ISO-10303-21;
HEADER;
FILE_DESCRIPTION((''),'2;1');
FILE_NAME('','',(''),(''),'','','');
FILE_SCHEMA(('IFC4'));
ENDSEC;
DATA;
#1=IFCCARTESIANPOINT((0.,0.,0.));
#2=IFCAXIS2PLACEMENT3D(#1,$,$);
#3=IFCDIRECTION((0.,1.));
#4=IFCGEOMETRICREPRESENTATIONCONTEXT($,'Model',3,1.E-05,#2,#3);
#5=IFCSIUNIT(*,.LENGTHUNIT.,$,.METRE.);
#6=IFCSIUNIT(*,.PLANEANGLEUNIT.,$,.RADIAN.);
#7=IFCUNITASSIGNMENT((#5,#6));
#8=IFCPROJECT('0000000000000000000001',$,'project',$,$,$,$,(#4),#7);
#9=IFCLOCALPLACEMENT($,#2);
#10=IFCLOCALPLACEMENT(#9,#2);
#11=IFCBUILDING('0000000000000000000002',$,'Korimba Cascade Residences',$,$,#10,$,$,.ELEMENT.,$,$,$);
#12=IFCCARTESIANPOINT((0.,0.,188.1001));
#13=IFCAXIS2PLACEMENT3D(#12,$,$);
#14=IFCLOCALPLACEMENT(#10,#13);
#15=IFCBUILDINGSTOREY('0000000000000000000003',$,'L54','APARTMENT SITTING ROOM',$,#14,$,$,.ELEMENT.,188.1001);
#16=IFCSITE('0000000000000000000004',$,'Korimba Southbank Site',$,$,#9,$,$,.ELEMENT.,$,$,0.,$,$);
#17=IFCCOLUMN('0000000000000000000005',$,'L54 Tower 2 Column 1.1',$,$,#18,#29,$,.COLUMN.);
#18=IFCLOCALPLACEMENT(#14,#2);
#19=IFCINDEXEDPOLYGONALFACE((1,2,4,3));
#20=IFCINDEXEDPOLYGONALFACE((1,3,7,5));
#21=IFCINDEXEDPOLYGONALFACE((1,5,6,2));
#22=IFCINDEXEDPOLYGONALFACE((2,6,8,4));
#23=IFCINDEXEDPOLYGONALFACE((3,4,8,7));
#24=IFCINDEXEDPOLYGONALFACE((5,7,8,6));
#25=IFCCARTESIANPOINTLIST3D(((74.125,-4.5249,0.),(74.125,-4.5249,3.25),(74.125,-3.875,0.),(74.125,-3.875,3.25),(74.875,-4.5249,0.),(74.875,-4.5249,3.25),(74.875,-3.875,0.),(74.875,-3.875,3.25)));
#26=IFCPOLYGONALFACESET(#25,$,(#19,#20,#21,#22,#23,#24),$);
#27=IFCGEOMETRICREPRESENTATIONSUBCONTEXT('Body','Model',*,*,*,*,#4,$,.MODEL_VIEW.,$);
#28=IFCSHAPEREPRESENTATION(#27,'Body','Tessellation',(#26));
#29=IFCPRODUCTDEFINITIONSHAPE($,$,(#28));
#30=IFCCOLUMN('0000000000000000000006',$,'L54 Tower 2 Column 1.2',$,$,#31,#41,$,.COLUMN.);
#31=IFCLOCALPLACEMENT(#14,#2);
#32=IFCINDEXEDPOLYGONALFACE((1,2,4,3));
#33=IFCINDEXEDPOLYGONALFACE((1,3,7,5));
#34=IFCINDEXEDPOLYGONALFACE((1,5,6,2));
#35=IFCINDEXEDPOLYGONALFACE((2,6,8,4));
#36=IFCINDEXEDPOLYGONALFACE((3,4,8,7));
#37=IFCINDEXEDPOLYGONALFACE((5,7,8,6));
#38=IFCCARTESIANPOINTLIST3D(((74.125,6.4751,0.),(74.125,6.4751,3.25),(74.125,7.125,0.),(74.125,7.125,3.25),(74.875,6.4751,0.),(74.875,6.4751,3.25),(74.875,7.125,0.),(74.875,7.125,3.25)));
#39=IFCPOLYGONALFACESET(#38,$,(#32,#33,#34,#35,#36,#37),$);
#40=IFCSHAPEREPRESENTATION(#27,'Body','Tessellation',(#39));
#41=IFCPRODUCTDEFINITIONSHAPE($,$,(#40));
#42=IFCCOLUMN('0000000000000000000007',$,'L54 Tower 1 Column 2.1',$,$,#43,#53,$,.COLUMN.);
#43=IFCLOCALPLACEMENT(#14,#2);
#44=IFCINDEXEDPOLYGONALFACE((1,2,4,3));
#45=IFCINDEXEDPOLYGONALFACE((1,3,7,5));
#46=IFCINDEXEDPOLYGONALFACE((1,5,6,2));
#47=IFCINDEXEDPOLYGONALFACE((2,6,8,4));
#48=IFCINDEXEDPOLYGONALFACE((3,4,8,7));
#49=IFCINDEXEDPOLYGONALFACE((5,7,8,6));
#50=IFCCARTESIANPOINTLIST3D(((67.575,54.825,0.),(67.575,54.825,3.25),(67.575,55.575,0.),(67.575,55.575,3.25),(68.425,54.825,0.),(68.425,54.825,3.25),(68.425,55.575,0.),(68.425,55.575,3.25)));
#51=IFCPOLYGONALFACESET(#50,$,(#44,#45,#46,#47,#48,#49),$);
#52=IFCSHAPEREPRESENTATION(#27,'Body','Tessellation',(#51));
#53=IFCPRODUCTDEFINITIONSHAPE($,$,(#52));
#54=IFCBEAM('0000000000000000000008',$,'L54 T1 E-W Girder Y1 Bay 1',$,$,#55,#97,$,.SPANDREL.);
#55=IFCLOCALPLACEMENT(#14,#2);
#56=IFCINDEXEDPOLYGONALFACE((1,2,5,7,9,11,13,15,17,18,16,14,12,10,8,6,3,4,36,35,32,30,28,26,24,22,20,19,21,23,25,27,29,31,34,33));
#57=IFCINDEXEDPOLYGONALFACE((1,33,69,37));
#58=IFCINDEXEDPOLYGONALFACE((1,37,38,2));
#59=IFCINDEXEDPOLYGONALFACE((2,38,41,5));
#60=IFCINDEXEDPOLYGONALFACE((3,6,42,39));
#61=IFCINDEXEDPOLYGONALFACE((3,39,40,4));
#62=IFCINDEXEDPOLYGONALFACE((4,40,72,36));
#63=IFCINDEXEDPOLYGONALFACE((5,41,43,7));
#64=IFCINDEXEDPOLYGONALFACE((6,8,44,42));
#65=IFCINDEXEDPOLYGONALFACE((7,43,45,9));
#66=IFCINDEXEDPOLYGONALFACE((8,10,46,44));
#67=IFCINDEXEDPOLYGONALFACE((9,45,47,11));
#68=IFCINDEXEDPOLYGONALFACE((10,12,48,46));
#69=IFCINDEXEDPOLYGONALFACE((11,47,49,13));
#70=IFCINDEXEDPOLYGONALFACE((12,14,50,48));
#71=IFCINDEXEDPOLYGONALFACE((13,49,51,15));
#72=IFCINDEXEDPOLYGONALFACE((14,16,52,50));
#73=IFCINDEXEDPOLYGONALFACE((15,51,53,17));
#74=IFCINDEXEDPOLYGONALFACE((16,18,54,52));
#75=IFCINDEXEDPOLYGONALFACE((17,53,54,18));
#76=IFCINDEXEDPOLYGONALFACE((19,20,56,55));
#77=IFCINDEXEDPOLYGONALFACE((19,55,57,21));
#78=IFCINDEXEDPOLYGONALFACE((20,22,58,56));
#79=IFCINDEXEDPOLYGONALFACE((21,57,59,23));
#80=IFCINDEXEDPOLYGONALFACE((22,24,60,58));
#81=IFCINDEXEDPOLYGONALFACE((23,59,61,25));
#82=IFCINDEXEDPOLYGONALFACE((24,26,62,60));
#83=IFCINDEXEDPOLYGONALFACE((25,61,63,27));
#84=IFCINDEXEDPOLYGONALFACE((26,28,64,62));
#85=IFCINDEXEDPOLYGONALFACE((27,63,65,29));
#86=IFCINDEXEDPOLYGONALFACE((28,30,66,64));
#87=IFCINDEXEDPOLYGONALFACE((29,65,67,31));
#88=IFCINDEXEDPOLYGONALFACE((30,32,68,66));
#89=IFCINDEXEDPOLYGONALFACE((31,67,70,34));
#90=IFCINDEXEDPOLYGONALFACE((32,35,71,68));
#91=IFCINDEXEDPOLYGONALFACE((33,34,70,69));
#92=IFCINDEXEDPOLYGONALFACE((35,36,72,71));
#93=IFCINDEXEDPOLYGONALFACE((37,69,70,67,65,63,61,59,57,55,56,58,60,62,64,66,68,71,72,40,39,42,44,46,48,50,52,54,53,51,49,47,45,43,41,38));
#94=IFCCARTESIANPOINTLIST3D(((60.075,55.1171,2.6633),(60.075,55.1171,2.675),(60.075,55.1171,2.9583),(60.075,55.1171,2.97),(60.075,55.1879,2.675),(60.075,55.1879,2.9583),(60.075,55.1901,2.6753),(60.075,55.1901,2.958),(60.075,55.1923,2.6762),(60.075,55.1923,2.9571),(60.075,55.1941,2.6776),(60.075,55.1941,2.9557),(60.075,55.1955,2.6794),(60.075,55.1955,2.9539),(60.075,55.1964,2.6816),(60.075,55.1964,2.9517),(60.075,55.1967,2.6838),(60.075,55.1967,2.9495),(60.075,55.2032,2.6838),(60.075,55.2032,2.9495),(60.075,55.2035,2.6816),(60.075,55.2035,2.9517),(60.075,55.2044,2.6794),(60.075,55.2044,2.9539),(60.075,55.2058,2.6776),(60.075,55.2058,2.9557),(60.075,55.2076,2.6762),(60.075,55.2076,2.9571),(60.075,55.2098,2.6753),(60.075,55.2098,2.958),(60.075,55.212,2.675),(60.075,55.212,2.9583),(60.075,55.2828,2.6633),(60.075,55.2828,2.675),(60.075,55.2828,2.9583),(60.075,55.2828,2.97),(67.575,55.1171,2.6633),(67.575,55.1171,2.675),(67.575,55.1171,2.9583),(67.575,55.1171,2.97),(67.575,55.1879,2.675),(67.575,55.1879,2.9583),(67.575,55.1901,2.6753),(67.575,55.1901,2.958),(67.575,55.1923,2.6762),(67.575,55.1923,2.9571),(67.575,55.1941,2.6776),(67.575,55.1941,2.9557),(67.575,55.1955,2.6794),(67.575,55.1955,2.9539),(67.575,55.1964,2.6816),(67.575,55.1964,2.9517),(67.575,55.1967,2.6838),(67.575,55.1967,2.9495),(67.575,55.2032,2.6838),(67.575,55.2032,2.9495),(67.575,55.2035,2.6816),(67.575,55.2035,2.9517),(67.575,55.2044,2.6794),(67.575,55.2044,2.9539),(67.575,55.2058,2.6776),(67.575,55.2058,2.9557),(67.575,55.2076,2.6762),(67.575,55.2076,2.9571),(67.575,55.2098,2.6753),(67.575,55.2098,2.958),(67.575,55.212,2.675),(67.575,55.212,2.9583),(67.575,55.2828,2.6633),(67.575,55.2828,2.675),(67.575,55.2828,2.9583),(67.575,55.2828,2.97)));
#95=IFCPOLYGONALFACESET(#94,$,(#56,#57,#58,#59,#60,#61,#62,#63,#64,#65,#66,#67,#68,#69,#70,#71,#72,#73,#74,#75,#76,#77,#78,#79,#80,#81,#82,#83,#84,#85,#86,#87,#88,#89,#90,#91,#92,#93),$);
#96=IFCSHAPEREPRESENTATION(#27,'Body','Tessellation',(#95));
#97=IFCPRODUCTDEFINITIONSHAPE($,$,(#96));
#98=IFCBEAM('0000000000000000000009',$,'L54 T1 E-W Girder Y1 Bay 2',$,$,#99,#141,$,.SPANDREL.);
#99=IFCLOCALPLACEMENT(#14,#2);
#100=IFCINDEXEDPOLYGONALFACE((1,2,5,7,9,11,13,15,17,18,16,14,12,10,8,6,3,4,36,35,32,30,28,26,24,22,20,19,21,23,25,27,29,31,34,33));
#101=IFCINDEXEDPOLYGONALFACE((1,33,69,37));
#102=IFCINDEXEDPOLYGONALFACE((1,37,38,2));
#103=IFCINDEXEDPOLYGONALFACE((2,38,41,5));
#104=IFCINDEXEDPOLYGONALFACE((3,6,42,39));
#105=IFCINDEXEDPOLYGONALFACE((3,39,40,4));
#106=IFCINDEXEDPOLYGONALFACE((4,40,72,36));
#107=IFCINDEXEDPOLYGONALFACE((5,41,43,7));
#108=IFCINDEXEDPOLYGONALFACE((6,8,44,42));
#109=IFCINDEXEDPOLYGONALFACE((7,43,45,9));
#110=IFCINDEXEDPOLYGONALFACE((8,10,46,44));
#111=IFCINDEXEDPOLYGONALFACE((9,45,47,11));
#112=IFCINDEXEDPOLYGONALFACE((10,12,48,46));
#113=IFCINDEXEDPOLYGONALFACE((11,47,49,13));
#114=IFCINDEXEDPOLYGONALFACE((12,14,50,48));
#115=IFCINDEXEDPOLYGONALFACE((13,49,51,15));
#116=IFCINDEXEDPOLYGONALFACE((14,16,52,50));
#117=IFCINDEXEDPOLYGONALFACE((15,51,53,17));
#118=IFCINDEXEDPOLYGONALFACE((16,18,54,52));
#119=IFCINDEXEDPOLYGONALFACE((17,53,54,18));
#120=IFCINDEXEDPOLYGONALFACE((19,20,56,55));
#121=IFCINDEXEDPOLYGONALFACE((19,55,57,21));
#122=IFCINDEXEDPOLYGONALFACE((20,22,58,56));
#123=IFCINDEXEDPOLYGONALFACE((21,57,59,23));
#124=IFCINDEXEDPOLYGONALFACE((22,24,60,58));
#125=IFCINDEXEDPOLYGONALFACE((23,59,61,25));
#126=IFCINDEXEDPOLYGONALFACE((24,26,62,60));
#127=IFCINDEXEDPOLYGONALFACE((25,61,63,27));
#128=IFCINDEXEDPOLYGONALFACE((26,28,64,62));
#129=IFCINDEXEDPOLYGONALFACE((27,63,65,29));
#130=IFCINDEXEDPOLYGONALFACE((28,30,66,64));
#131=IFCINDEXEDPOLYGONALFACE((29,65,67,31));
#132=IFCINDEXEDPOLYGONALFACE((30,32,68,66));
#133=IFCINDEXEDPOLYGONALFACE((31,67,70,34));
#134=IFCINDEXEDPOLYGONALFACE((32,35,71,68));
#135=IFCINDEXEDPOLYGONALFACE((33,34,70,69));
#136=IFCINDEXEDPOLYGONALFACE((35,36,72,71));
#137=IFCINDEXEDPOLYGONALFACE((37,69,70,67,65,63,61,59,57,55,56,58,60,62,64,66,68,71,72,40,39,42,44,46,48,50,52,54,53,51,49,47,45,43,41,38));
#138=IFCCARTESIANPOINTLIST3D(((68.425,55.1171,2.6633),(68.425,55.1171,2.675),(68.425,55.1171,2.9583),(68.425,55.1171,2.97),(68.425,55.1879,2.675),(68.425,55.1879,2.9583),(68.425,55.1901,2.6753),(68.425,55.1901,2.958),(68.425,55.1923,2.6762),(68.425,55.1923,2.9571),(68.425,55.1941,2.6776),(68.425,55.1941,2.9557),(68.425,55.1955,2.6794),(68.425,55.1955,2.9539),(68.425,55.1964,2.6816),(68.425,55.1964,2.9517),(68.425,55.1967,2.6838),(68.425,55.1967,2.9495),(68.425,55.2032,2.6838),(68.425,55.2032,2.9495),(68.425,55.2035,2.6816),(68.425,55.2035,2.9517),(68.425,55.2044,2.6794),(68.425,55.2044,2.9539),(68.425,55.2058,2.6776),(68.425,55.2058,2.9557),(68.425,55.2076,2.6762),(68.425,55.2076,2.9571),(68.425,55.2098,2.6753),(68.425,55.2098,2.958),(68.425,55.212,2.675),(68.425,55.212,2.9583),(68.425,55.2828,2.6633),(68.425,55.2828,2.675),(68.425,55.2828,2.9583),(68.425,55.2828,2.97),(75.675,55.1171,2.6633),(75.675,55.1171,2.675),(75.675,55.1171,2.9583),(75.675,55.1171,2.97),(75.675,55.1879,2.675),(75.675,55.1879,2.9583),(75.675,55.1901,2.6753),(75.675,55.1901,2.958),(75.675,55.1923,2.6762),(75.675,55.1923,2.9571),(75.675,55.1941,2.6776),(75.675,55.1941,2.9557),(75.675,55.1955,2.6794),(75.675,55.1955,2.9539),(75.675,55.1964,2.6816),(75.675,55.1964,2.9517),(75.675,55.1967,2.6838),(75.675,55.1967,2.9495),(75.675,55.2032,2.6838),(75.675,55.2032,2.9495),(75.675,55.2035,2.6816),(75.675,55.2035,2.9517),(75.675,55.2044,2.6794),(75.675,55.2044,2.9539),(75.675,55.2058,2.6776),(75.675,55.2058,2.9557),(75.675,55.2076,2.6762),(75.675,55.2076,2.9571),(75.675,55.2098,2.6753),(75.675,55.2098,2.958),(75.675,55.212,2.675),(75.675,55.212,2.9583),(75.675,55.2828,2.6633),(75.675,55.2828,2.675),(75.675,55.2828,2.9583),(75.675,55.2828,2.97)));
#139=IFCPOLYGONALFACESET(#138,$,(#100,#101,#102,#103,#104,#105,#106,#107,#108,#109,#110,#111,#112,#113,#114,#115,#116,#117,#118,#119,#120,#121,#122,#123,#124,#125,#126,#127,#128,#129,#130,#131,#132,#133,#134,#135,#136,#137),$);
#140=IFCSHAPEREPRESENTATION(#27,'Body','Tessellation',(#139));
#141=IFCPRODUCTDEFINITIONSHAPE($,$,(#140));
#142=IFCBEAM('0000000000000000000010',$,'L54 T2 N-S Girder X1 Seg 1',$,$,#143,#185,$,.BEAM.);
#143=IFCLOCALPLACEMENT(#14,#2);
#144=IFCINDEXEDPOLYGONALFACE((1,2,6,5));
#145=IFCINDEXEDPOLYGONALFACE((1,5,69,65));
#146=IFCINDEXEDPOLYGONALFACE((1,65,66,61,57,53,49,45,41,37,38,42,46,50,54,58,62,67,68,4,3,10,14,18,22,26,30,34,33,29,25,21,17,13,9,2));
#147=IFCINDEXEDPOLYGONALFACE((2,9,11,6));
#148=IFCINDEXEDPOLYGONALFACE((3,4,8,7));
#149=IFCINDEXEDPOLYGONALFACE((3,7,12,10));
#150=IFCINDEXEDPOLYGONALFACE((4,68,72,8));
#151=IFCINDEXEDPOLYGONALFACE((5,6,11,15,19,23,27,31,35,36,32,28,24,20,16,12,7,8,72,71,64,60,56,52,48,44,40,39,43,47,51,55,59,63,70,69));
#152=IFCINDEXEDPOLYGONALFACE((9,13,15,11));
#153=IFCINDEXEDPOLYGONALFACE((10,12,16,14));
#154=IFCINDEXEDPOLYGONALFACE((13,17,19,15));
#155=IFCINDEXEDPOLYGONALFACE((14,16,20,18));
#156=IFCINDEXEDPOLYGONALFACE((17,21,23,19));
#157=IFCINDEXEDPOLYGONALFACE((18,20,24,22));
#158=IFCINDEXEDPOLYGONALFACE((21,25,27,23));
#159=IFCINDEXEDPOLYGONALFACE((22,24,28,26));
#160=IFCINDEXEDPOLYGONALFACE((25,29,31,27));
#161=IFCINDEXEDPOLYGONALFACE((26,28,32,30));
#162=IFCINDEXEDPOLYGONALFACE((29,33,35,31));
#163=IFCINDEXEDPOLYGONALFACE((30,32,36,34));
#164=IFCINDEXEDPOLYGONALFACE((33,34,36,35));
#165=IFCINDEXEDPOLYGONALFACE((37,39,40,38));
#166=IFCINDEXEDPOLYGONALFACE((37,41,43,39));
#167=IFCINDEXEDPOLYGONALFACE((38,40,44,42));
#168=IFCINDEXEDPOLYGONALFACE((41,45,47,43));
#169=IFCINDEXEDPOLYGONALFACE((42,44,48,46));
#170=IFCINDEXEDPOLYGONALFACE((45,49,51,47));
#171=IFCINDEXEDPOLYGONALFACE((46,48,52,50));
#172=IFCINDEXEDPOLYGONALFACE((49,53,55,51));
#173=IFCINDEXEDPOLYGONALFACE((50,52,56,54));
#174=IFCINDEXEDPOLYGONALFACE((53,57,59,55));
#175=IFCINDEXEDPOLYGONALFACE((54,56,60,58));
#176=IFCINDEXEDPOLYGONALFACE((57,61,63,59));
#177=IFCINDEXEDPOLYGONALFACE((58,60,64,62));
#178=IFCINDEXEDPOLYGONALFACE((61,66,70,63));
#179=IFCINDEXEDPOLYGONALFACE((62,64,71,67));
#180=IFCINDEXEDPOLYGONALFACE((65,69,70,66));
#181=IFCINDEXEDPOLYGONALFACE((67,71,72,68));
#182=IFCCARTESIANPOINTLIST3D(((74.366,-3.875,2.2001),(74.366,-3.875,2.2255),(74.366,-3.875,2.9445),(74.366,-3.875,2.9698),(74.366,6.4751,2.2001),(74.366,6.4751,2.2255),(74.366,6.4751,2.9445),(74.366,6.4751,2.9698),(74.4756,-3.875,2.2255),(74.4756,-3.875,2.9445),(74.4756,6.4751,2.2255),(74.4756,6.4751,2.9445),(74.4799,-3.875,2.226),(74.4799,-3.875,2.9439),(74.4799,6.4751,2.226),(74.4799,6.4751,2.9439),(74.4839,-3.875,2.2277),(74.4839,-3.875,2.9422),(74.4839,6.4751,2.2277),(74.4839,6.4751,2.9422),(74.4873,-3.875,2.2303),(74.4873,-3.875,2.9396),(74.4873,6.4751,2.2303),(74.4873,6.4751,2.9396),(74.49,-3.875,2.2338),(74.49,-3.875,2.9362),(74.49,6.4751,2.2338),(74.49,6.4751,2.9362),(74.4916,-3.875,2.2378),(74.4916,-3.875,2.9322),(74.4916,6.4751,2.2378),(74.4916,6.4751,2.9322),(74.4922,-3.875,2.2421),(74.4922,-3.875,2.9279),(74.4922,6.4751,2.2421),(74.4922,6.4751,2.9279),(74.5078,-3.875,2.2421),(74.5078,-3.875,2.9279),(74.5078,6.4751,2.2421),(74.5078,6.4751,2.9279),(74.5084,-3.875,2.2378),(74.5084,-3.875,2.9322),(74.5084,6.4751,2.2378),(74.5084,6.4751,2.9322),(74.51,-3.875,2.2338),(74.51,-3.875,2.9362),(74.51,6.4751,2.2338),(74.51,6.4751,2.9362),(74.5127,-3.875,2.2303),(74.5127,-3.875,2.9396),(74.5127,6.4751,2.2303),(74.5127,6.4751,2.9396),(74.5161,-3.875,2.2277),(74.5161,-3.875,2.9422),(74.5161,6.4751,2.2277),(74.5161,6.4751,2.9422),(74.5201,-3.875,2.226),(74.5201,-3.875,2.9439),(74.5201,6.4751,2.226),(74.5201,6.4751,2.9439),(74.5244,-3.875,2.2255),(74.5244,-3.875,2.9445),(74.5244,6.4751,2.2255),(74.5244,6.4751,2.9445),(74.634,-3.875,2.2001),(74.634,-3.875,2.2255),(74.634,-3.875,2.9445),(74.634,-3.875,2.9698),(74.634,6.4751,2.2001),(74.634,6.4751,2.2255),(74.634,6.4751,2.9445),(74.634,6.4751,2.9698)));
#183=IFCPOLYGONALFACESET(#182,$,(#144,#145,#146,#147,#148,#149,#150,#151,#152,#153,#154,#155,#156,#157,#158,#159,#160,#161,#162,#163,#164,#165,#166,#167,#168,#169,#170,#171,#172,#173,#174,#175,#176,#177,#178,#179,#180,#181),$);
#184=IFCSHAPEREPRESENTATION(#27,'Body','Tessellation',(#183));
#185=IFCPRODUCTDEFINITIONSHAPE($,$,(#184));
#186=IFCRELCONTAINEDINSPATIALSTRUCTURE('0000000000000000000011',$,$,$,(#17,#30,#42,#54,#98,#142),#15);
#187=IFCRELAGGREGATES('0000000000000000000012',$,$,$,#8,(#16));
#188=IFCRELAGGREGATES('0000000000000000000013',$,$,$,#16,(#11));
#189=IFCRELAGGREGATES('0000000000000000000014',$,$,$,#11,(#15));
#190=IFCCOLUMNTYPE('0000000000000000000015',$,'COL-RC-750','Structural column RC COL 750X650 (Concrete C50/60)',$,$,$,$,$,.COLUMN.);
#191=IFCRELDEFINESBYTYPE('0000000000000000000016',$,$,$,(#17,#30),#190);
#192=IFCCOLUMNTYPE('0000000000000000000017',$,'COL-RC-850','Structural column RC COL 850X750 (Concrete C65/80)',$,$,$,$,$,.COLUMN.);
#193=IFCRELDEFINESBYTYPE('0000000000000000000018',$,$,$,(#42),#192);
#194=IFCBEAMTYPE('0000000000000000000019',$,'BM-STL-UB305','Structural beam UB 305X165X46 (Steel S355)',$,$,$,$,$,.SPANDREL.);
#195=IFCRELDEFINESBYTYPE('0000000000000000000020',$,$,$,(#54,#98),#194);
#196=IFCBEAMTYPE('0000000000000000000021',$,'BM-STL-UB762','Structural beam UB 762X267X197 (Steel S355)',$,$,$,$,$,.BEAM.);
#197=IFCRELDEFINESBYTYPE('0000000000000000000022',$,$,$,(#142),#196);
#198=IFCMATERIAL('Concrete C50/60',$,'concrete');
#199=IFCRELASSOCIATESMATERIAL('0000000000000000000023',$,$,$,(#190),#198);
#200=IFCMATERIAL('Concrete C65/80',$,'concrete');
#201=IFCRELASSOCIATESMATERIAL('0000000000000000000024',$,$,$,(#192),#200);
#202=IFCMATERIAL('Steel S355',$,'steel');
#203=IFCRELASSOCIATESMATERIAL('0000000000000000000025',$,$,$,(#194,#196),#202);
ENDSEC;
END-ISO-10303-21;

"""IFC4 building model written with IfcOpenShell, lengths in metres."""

from ifc_helpers import new_model, si_unit, direction, frame, origin, origin_2d, place, context, subcontext, project, spatial, rectangle, i_section, extrude, material, material_profile, profile_set, type_object, element, save


model = new_model("IFC4")

# Units and contexts
model_context = context("Model", 3, precision=1e-05, world=origin(), true_north=direction((0.0, 1.0)))
body_context = subcontext(model_context, "Body", "Model", "MODEL_VIEW")
ifc_project = project(units=[si_unit("LENGTHUNIT", "METRE"), si_unit("PLANEANGLEUNIT", "RADIAN")], contexts=[model_context])

# Site, building, storey
site_placement = place(None, origin())
site = spatial("IfcSite", under=ifc_project, at=site_placement, Name="Korimba Southbank Site", CompositionType="ELEMENT", RefElevation=0.0)
building_placement = place(site_placement, origin())
building = spatial("IfcBuilding", under=site, at=building_placement, Name="Korimba Cascade Residences", CompositionType="ELEMENT")
storey_placement = place(building_placement, frame((0.0, 0.0, 188.1001)))
storey = spatial("IfcBuildingStorey", under=building, at=storey_placement, Name="L54", Description="APARTMENT SITTING ROOM", CompositionType="ELEMENT", Elevation=188.1001)

# Columns
ifc_material_1 = material(Name="Concrete C50/60", Category="concrete")
ifc_material_profile_1 = material_profile(ifc_material_1, rectangle(XDim=0.75, YDim=0.6499, at=origin_2d()), Name="Concrete C50/60")
ifc_profile_set_1 = profile_set([ifc_material_profile_1], Name="Concrete C50/60")
column_type_1 = type_object("IfcColumnType", Name="COL-RC-750", Description="Structural column RC COL 750X650 (Concrete C50/60)", PredefinedType="COLUMN", material=ifc_profile_set_1)
for number, where, z_axis, x_axis, name in (
    (1, (74.5, -4.2, 0.0), (0.0, 0.0, 1.0), (1.0, 0.0, 0.0), "L54 Tower 2 Column 1.1"),
    (2, (74.5, 6.8, 0.0), (0.0, 0.0, 1.0), (1.0, 0.0, 0.0), "L54 Tower 2 Column 1.2"),
):
    element("IfcColumn", number, at=place(storey_placement, frame(where, z_axis=z_axis, x_axis=x_axis)), inside=storey, type_object=column_type_1, Name=name, PredefinedType="COLUMN", context=body_context, shape_type="SweptSolid", body=[
        extrude(rectangle(XDim=0.75, YDim=0.6499, at=origin_2d()), origin(), (0.0, 0.0, 1.0), 3.25),
    ])
ifc_material_2 = material(Name="Concrete C65/80", Category="concrete")
ifc_material_profile_2 = material_profile(ifc_material_2, rectangle(XDim=0.8501, YDim=0.75, at=origin_2d()), Name="Concrete C65/80")
ifc_profile_set_2 = profile_set([ifc_material_profile_2], Name="Concrete C65/80")
column_type_2 = type_object("IfcColumnType", Name="COL-RC-850", Description="Structural column RC COL 850X750 (Concrete C65/80)", PredefinedType="COLUMN", material=ifc_profile_set_2)
column_placement = place(storey_placement, frame((68.0, 55.2, 0.0), z_axis=(0.0, 0.0, 1.0), x_axis=(1.0, 0.0, 0.0)))
element("IfcColumn", 3, at=column_placement, inside=storey, type_object=column_type_2, Name="L54 Tower 1 Column 2.1", PredefinedType="COLUMN", context=body_context, shape_type="SweptSolid", body=[
    extrude(rectangle(XDim=0.8501, YDim=0.75, at=origin_2d()), origin(), (0.0, 0.0, 1.0), 3.25),
])

# Beams
ifc_material_3 = material(Name="Steel S355", Category="steel")
ifc_material_profile_3 = material_profile(ifc_material_3, i_section(OverallWidth=0.1658, OverallDepth=0.3066, WebThickness=0.0066, FlangeThickness=0.0117, FilletRadius=0.0088, at=origin_2d()), Name="Steel S355")
ifc_profile_set_3 = profile_set([ifc_material_profile_3], Name="Steel S355")
beam_type_1 = type_object("IfcBeamType", Name="BM-STL-UB305", Description="Structural beam UB 305X165X46 (Steel S355)", PredefinedType="SPANDREL", material=ifc_profile_set_3)
beam_1_placement = place(storey_placement, frame((60.075, 55.2, 2.8167), z_axis=(1.0, 0.0, 0.0), x_axis=(0.0, 1.0, 0.0)))
element("IfcBeam", 4, at=beam_1_placement, inside=storey, type_object=beam_type_1, Name="L54 T1 E-W Girder Y1 Bay 1", PredefinedType="SPANDREL", context=body_context, shape_type="SweptSolid", body=[
    extrude(i_section(OverallWidth=0.1658, OverallDepth=0.3066, WebThickness=0.0066, FlangeThickness=0.0117, FilletRadius=0.0088, at=origin_2d()), origin(), (0.0, 0.0, 1.0), 7.5),
])
beam_2_placement = place(storey_placement, frame((68.425, 55.2, 2.8167), z_axis=(1.0, 0.0, 0.0), x_axis=(0.0, 1.0, 0.0)))
element("IfcBeam", 5, at=beam_2_placement, inside=storey, type_object=beam_type_1, Name="L54 T1 E-W Girder Y1 Bay 2", PredefinedType="SPANDREL", context=body_context, shape_type="SweptSolid", body=[
    extrude(i_section(OverallWidth=0.1658, OverallDepth=0.3066, WebThickness=0.0066, FlangeThickness=0.0117, FilletRadius=0.0088, at=origin_2d()), origin(), (0.0, 0.0, 1.0), 7.25),
])
ifc_material_profile_4 = material_profile(ifc_material_3, i_section(OverallWidth=0.2681, OverallDepth=0.7698, WebThickness=0.0156, FlangeThickness=0.0254, FilletRadius=0.0166, at=origin_2d()), Name="Steel S355")
ifc_profile_set_4 = profile_set([ifc_material_profile_4], Name="Steel S355")
beam_type_2 = type_object("IfcBeamType", Name="BM-STL-UB762", Description="Structural beam UB 762X267X197 (Steel S355)", PredefinedType="BEAM", material=ifc_profile_set_4)
beam_3_placement = place(storey_placement, frame((74.5, -3.875, 2.585), z_axis=(0.0, 1.0, 0.0), x_axis=(-1.0, 0.0, 0.0)))
element("IfcBeam", 6, at=beam_3_placement, inside=storey, type_object=beam_type_2, Name="L54 T2 N-S Girder X1 Seg 1", PredefinedType="BEAM", context=body_context, shape_type="SweptSolid", body=[
    extrude(i_section(OverallWidth=0.2681, OverallDepth=0.7698, WebThickness=0.0156, FlangeThickness=0.0254, FilletRadius=0.0166, at=origin_2d()), origin(), (0.0, 0.0, 1.0), 10.3501),
])

save(model, "model.ifc")
